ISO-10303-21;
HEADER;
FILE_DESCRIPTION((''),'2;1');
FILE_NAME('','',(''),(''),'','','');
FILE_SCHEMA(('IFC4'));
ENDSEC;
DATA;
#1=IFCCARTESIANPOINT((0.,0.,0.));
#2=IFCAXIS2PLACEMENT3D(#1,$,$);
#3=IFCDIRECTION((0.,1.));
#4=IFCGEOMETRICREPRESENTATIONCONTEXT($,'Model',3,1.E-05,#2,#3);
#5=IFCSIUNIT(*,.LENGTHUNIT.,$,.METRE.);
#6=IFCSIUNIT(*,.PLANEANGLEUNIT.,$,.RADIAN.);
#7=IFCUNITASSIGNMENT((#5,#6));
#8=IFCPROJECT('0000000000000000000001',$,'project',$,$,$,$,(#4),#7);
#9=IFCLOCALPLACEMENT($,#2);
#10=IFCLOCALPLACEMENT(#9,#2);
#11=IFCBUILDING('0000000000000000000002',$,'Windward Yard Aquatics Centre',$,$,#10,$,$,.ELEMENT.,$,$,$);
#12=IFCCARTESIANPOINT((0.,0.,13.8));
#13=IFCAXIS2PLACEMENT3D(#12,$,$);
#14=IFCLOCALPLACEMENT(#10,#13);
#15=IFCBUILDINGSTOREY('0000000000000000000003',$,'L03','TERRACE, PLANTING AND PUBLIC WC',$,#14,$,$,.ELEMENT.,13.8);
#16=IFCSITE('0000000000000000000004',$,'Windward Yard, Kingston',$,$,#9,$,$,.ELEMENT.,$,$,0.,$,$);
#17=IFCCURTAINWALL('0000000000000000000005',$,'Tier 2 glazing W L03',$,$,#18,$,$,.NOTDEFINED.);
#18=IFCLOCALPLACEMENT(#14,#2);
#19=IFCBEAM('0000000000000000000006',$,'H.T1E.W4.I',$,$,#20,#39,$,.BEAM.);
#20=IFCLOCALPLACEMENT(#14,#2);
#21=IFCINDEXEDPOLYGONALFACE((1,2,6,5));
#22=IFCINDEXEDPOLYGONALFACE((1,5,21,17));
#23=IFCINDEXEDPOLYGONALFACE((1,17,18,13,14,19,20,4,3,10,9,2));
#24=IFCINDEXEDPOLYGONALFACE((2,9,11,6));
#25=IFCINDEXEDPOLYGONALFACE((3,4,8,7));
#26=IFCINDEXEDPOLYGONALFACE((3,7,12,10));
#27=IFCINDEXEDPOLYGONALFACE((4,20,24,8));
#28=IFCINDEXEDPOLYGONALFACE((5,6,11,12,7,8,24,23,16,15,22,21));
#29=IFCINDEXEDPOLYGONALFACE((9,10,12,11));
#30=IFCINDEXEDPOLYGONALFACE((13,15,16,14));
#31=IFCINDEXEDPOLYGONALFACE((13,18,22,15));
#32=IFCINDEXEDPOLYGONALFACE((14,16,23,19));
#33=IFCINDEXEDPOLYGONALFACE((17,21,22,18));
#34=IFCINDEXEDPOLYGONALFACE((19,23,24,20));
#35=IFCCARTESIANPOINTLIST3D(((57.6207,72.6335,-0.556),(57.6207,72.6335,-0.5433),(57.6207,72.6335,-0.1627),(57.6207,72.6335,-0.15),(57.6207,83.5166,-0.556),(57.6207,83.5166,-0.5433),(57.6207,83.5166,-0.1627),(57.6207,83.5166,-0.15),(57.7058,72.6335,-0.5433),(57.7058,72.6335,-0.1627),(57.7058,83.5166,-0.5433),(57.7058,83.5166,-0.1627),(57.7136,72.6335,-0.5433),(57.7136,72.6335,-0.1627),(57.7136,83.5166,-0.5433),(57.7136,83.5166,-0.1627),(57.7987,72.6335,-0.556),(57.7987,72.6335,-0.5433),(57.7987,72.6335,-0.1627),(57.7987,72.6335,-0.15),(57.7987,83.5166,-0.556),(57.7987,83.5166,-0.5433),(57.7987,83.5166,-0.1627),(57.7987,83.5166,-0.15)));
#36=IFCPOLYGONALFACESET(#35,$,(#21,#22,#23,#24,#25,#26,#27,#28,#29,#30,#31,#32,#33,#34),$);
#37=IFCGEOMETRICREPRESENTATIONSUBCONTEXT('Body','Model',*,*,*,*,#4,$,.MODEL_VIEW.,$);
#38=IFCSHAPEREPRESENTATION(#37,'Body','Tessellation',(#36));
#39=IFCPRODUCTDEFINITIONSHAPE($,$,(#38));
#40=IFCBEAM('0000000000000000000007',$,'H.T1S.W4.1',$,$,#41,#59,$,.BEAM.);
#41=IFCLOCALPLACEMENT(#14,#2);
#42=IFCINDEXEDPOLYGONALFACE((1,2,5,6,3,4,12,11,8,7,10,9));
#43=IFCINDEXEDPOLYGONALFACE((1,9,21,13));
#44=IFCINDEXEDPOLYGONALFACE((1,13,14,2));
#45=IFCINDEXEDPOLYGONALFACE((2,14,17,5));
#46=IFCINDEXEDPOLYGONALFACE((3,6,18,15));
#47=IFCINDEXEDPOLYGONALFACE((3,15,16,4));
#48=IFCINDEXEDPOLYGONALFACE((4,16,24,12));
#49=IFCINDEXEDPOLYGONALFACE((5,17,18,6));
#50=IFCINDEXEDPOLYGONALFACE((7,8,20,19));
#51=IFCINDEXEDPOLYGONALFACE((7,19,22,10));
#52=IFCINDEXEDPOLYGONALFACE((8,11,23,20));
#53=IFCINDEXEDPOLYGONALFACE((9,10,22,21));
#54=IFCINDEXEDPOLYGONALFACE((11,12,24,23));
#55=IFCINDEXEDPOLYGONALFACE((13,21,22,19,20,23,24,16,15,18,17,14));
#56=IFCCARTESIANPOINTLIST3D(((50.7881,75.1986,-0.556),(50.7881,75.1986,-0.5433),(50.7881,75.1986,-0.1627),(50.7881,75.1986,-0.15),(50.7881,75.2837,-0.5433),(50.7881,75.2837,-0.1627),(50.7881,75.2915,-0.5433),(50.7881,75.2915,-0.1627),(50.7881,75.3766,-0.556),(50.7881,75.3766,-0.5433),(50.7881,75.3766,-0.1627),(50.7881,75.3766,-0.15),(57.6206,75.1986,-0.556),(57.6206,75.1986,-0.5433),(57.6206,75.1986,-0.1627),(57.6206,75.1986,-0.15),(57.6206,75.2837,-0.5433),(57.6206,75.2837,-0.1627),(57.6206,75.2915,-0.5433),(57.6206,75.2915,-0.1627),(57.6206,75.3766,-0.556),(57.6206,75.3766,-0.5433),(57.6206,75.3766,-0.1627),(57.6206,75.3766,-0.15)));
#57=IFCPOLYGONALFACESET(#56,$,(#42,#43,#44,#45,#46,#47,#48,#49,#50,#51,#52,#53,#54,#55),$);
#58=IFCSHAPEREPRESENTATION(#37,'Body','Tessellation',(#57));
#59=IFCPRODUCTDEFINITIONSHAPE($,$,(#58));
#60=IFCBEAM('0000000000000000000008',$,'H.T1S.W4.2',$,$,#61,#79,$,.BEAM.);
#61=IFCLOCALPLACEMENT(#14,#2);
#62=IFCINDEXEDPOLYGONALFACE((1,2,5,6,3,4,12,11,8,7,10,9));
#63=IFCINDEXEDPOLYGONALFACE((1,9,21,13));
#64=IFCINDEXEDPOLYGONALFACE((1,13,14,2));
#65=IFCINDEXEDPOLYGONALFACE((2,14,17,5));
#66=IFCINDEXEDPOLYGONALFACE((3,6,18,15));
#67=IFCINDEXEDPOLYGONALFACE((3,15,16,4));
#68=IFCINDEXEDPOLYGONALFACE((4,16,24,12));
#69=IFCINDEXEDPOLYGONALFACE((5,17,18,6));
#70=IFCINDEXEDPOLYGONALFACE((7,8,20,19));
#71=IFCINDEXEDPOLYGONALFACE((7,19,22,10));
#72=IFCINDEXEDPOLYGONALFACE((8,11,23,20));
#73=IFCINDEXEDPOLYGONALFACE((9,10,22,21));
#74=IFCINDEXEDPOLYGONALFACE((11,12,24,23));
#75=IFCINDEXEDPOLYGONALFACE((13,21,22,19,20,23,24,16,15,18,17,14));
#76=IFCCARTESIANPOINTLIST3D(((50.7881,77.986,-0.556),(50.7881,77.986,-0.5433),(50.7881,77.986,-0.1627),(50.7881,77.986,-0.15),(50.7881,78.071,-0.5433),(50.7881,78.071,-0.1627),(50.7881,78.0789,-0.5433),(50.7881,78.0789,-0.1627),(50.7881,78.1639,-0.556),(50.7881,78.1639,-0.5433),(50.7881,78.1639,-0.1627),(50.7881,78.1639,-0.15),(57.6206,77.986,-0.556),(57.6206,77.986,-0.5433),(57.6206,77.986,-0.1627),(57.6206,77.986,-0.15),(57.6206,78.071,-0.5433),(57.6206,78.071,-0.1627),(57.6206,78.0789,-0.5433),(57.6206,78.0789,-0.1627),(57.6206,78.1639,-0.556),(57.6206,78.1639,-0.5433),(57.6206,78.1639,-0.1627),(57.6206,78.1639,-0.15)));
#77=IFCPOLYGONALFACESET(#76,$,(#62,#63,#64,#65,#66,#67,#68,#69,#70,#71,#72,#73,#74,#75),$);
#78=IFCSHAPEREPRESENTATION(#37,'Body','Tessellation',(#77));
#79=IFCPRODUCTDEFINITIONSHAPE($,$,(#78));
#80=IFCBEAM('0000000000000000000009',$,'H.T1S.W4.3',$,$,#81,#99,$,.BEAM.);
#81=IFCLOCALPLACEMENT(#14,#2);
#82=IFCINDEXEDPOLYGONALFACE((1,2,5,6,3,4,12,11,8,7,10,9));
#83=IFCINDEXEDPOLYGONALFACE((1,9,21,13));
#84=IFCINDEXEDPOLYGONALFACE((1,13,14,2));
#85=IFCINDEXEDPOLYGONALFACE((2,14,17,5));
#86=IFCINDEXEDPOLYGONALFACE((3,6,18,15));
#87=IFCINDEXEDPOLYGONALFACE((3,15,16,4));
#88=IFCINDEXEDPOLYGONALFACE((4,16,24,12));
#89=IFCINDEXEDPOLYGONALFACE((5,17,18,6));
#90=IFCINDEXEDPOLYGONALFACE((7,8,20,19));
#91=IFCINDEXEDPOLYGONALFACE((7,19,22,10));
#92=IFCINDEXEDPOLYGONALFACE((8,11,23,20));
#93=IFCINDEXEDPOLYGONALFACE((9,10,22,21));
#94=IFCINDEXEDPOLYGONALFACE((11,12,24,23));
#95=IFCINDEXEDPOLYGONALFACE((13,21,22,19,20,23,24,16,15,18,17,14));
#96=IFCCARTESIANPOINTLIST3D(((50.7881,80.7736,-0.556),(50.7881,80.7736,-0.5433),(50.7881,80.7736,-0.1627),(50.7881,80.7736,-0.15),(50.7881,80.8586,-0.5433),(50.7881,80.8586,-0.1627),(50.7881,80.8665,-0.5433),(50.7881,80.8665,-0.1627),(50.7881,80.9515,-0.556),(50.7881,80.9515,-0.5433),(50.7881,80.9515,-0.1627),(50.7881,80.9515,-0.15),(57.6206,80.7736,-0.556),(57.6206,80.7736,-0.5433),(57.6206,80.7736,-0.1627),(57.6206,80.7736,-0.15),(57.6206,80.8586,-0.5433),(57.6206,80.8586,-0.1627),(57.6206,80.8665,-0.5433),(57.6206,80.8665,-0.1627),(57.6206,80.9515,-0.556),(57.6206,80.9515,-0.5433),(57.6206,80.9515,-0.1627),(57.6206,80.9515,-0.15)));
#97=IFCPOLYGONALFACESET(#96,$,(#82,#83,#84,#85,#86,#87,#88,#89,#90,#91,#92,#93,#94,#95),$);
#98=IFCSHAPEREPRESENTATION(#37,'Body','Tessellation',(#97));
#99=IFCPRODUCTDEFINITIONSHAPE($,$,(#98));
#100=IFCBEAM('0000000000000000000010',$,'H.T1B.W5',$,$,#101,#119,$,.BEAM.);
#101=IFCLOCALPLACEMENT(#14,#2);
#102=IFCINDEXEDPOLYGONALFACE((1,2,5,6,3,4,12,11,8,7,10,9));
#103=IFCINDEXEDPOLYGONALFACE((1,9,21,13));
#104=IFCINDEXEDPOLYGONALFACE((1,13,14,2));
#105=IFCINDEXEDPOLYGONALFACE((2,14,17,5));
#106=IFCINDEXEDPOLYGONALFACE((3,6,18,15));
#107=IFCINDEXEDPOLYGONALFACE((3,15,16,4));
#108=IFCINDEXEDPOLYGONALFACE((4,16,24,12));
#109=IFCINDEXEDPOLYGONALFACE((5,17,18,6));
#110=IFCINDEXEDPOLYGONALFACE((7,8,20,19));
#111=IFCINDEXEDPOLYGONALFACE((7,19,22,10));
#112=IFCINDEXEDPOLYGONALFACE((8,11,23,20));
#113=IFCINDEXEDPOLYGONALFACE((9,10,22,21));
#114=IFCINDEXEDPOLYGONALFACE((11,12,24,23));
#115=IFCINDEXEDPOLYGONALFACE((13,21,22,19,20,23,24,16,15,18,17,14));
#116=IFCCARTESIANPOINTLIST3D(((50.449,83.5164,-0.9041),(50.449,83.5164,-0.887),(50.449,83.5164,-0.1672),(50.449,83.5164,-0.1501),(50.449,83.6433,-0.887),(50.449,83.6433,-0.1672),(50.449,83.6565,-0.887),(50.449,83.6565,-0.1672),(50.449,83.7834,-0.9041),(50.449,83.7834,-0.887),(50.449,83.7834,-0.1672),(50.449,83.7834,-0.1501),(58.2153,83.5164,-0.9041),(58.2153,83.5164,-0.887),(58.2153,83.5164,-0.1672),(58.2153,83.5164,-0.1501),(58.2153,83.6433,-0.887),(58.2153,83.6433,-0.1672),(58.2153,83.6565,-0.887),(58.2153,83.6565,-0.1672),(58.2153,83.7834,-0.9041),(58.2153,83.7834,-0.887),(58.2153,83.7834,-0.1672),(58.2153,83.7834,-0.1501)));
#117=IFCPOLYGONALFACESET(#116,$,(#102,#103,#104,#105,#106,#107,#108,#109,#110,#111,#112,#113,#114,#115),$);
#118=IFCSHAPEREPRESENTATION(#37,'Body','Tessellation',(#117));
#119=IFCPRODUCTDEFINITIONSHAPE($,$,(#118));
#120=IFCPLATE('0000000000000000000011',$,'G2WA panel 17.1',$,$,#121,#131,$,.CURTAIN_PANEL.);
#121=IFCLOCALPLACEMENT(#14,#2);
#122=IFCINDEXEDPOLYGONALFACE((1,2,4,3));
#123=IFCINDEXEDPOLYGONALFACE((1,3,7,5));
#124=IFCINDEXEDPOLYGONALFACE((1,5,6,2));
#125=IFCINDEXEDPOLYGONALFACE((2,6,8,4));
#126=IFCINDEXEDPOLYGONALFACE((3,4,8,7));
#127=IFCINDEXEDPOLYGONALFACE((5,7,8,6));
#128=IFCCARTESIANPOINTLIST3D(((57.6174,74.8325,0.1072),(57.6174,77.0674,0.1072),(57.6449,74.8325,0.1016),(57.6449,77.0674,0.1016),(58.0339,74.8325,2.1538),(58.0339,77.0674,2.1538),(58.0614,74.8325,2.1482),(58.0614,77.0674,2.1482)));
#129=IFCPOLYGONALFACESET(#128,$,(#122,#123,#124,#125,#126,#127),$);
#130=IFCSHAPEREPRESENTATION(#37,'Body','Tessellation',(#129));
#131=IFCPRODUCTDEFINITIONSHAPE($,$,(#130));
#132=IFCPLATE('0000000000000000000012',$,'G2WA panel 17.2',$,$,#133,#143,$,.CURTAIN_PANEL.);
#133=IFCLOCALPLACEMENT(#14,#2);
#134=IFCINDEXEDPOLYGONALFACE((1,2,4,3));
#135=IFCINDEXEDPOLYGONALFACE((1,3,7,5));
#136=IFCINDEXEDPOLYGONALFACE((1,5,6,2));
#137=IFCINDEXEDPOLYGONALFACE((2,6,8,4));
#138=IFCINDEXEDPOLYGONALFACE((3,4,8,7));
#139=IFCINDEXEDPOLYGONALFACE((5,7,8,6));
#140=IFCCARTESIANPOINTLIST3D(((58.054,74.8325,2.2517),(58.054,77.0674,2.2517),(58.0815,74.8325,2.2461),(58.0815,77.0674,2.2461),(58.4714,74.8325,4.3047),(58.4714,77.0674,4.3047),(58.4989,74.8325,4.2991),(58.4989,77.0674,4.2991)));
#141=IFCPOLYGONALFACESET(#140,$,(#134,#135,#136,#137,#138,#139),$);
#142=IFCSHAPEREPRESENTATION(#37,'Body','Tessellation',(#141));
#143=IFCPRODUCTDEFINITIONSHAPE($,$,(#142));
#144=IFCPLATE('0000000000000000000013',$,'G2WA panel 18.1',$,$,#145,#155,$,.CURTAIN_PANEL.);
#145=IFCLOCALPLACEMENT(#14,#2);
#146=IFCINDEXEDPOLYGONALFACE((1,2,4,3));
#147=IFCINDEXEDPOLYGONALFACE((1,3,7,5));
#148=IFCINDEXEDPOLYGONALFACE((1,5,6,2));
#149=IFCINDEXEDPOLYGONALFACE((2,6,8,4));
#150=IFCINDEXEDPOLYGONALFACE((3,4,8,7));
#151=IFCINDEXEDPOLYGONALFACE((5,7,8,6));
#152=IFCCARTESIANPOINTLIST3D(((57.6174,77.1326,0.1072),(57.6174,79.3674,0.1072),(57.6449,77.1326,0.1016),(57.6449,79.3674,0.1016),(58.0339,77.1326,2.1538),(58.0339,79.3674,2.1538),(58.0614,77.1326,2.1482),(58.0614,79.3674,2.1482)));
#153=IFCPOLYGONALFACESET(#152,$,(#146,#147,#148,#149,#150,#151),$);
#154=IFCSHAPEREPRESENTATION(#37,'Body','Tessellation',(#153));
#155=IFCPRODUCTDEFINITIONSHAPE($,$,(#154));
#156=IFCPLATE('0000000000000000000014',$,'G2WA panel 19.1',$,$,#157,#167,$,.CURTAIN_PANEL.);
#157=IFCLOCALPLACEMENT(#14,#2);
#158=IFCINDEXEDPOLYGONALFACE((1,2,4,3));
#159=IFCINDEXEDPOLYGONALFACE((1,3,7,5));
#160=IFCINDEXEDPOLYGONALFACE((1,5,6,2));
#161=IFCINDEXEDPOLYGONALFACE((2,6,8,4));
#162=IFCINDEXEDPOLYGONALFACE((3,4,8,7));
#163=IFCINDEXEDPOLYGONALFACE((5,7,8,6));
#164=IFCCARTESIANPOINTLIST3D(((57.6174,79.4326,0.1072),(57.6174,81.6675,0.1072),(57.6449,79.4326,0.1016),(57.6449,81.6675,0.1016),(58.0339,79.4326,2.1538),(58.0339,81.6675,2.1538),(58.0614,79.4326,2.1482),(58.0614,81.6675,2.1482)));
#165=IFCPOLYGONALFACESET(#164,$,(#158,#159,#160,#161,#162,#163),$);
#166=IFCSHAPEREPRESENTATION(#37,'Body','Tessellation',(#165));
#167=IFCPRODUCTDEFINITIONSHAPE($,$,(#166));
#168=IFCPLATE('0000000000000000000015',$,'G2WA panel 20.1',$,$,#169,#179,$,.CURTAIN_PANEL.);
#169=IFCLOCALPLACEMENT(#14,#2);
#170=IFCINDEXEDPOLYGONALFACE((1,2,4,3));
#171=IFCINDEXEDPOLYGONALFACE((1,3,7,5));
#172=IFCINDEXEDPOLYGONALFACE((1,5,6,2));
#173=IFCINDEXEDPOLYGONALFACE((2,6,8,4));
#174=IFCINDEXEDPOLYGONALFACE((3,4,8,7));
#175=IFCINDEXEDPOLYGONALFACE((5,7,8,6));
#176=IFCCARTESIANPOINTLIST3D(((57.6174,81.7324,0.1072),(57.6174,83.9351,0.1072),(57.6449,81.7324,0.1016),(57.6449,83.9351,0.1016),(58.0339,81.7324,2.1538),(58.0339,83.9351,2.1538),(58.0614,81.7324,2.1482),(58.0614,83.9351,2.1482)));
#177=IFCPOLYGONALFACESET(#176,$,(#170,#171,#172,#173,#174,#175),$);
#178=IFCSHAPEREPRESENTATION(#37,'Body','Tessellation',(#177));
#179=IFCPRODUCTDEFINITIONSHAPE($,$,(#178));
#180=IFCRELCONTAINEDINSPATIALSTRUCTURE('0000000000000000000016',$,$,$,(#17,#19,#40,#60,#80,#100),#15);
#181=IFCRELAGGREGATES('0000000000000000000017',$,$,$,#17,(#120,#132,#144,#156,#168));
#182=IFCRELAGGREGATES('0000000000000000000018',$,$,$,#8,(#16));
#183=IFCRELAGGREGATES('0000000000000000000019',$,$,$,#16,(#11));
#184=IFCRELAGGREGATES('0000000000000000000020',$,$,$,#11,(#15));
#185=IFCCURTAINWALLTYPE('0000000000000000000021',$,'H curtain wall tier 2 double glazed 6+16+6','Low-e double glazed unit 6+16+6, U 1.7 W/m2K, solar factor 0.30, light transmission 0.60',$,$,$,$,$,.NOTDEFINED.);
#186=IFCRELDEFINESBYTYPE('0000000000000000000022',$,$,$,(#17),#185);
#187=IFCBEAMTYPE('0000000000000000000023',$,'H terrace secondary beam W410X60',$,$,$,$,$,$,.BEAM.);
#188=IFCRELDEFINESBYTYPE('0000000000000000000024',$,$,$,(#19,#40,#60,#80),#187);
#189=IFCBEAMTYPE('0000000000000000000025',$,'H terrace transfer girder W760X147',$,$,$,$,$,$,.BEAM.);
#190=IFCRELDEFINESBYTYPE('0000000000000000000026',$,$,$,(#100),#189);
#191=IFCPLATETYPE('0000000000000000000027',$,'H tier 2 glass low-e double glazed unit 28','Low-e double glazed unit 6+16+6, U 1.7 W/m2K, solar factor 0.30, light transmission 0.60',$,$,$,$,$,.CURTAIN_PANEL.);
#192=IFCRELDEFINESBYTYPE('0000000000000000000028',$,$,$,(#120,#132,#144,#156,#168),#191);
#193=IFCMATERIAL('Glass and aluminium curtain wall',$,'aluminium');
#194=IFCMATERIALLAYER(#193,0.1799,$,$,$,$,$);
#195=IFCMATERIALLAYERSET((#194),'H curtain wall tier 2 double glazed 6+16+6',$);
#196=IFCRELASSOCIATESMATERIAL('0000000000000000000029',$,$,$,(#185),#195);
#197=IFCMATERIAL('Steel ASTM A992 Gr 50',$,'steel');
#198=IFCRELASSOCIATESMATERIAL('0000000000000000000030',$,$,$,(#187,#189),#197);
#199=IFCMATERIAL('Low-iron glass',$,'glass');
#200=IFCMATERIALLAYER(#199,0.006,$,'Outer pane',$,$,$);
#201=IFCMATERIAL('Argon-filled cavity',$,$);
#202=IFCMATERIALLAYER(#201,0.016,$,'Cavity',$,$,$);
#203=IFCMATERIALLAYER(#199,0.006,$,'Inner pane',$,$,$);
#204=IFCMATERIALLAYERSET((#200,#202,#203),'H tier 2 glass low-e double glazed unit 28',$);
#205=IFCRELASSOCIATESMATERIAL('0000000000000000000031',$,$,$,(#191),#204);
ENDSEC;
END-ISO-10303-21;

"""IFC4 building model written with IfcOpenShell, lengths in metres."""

from ifc_helpers import new_model, si_unit, direction, frame, origin, origin_2d, place, context, subcontext, project, spatial, polyline, i_section, outline, extrude, material, layer, layer_set, material_profile, profile_set, type_object, element, aggregate, save


model = new_model("IFC4")

# Units and contexts
model_context = context("Model", 3, precision=1e-05, world=origin(), true_north=direction((0.0, 1.0)))
body_context = subcontext(model_context, "Body", "Model", "MODEL_VIEW")
ifc_project = project(units=[si_unit("LENGTHUNIT", "METRE"), si_unit("PLANEANGLEUNIT", "RADIAN")], contexts=[model_context])

# Site, building, storey
site_placement = place(None, origin())
site = spatial("IfcSite", under=ifc_project, at=site_placement, Name="Windward Yard, Kingston", CompositionType="ELEMENT", RefElevation=0.0)
building_placement = place(site_placement, origin())
building = spatial("IfcBuilding", under=site, at=building_placement, Name="Windward Yard Aquatics Centre", CompositionType="ELEMENT")
storey_placement = place(building_placement, frame((0.0, 0.0, 13.8)))
storey = spatial("IfcBuildingStorey", under=building, at=storey_placement, Name="L03", Description="TERRACE, PLANTING AND PUBLIC WC", CompositionType="ELEMENT", Elevation=13.8)

# Curtain wall
ifc_material_1 = material(Name="Glass and aluminium curtain wall", Category="aluminium")
ifc_layer_1 = layer(ifc_material_1, 0.1799)
ifc_layer_set_1 = layer_set([ifc_layer_1], Name="H curtain wall tier 2 double glazed 6+16+6")
curtain_wall_type = type_object("IfcCurtainWallType", Name="H curtain wall tier 2 double glazed 6+16+6", Description="Low-e double glazed unit 6+16+6, U 1.7 W/m2K, solar factor 0.30, light transmission 0.60", PredefinedType="NOTDEFINED", material=ifc_layer_set_1)
curtain_wall_placement = place(storey_placement, origin())
curtain_wall = element("IfcCurtainWall", 1, at=curtain_wall_placement, inside=storey, type_object=curtain_wall_type, Name="Tier 2 glazing W L03", PredefinedType="NOTDEFINED")

# Beams
ifc_material_2 = material(Name="Steel ASTM A992 Gr 50", Category="steel")
ifc_material_profile_1 = material_profile(ifc_material_2, i_section(OverallWidth=0.178, OverallDepth=0.406, WebThickness=0.0078, FlangeThickness=0.0127, at=origin_2d()), Name="W410X60")
ifc_profile_set_1 = profile_set([ifc_material_profile_1], Name="Steel ASTM A992 Gr 50")
beam_type_1 = type_object("IfcBeamType", Name="H terrace secondary beam W410X60", PredefinedType="BEAM", material=ifc_profile_set_1)
beam_1_placement = place(storey_placement, frame((57.7097, 72.6335, -0.353), z_axis=(0.0, 1.0, 0.0), x_axis=(-1.0, 0.0, 0.0)))
element("IfcBeam", 2, at=beam_1_placement, inside=storey, type_object=beam_type_1, Name="H.T1E.W4.I", PredefinedType="BEAM", context=body_context, shape_type="SweptSolid", body=[
    extrude(i_section(OverallWidth=0.178, OverallDepth=0.406, WebThickness=0.0078, FlangeThickness=0.0127, at=origin_2d()), origin(), (0.0, 0.0, 1.0), 10.8831),
])
for number, where, z_axis, x_axis, name in (
    (3, (50.7881, 75.2876, -0.353), (1.0, 0.0, 0.0), (0.0, 1.0, 0.0), "H.T1S.W4.1"),
    (4, (50.7881, 78.075, -0.353), (1.0, 0.0, 0.0), (0.0, 1.0, 0.0), "H.T1S.W4.2"),
    (5, (50.7881, 80.8625, -0.353), (1.0, 0.0, 0.0), (0.0, 1.0, 0.0), "H.T1S.W4.3"),
):
    element("IfcBeam", number, at=place(storey_placement, frame(where, z_axis=z_axis, x_axis=x_axis)), inside=storey, type_object=beam_type_1, Name=name, PredefinedType="BEAM", context=body_context, shape_type="SweptSolid", body=[
        extrude(i_section(OverallWidth=0.178, OverallDepth=0.406, WebThickness=0.0078, FlangeThickness=0.0127, at=origin_2d()), origin(), (0.0, 0.0, 1.0), 6.8325),
    ])
ifc_material_profile_2 = material_profile(ifc_material_2, i_section(OverallWidth=0.2671, OverallDepth=0.7539, WebThickness=0.0132, FlangeThickness=0.0171, at=origin_2d()), Name="W760X147")
ifc_profile_set_2 = profile_set([ifc_material_profile_2], Name="Steel ASTM A992 Gr 50")
beam_type_2 = type_object("IfcBeamType", Name="H terrace transfer girder W760X147", PredefinedType="BEAM", material=ifc_profile_set_2)
beam_2_placement = place(storey_placement, frame((50.449, 83.6499, -0.5271), z_axis=(1.0, 0.0, 0.0), x_axis=(0.0, 1.0, 0.0)))
element("IfcBeam", 6, at=beam_2_placement, inside=storey, type_object=beam_type_2, Name="H.T1B.W5", PredefinedType="BEAM", context=body_context, shape_type="SweptSolid", body=[
    extrude(i_section(OverallWidth=0.2671, OverallDepth=0.7539, WebThickness=0.0132, FlangeThickness=0.0171, at=origin_2d()), origin(), (0.0, 0.0, 1.0), 7.7664),
])

# Plates
ifc_material_3 = material(Name="Low-iron glass", Category="glass")
ifc_layer_2 = layer(ifc_material_3, 0.006, Name="Outer pane")
ifc_material_4 = material(Name="Argon-filled cavity")
ifc_layer_3 = layer(ifc_material_4, 0.016, Name="Cavity")
ifc_layer_4 = layer(ifc_material_3, 0.006, Name="Inner pane")
ifc_layer_set_2 = layer_set([ifc_layer_2, ifc_layer_3, ifc_layer_4], Name="H tier 2 glass low-e double glazed unit 28")
plate_type = type_object("IfcPlateType", Name="H tier 2 glass low-e double glazed unit 28", Description="Low-e double glazed unit 6+16+6, U 1.7 W/m2K, solar factor 0.30, light transmission 0.60", PredefinedType="CURTAIN_PANEL", material=ifc_layer_set_2)
plate_1_placement = place(storey_placement, frame((57.6174, 74.8325, 0.1072), z_axis=(-0.979914, 0.0, 0.199419), x_axis=(0.0, 1.0, 0.0)))
plate_1 = element("IfcPlate", 7, at=plate_1_placement, type_object=plate_type, Name="G2WA panel 17.1", PredefinedType="CURTAIN_PANEL", context=body_context, shape_type="SweptSolid", body=[
    extrude(outline(polyline([(0.0, 0.0), (2.2349, 0.0), (2.2349, -2.0886), (0.0, -2.0886), (0.0, 0.0)])), origin(), (0.0, 0.0, -1.0), 0.0281),
])
plate_2_placement = place(storey_placement, frame((58.054, 74.8325, 2.2517), z_axis=(-0.979944, 0.0, 0.199275), x_axis=(0.0, 1.0, 0.0)))
plate_2 = element("IfcPlate", 8, at=plate_2_placement, type_object=plate_type, Name="G2WA panel 17.2", PredefinedType="CURTAIN_PANEL", context=body_context, shape_type="SweptSolid", body=[
    extrude(outline(polyline([(0.0, 0.0), (2.2349, 0.0), (2.2349, -2.095), (0.0, -2.095), (0.0, 0.0)])), origin(), (0.0, 0.0, -1.0), 0.0281),
])
plate_3_placement = place(storey_placement, frame((57.6174, 77.1326, 0.1072), z_axis=(-0.979914, 0.0, 0.199419), x_axis=(0.0, 1.0, 0.0)))
plate_3 = element("IfcPlate", 9, at=plate_3_placement, type_object=plate_type, Name="G2WA panel 18.1", PredefinedType="CURTAIN_PANEL", context=body_context, shape_type="SweptSolid", body=[
    extrude(outline(polyline([(0.0, 0.0), (2.2349, 0.0), (2.2349, -2.0886), (0.0, -2.0886), (0.0, 0.0)])), origin(), (0.0, 0.0, -1.0), 0.0281),
])
plate_4_placement = place(storey_placement, frame((57.6174, 79.4326, 0.1072), z_axis=(-0.979914, 0.0, 0.199419), x_axis=(0.0, 1.0, 0.0)))
plate_4 = element("IfcPlate", 10, at=plate_4_placement, type_object=plate_type, Name="G2WA panel 19.1", PredefinedType="CURTAIN_PANEL", context=body_context, shape_type="SweptSolid", body=[
    extrude(outline(polyline([(0.0, 0.0), (2.2349, 0.0), (2.2349, -2.0886), (0.0, -2.0886), (0.0, 0.0)])), origin(), (0.0, 0.0, -1.0), 0.0281),
])
plate_5_placement = place(storey_placement, frame((57.6174, 81.7324, 0.1072), z_axis=(-0.979914, 0.0, 0.199419), x_axis=(0.0, 1.0, 0.0)))
plate_5 = element("IfcPlate", 11, at=plate_5_placement, type_object=plate_type, Name="G2WA panel 20.1", PredefinedType="CURTAIN_PANEL", context=body_context, shape_type="SweptSolid", body=[
    extrude(outline(polyline([(0.0, 0.0), (2.2026, 0.0), (2.2026, -2.0886), (0.0, -2.0886), (0.0, 0.0)])), origin(), (0.0, 0.0, -1.0), 0.0281),
])
aggregate(curtain_wall, [plate_1, plate_2, plate_3, plate_4, plate_5])

save(model, "model.ifc")
